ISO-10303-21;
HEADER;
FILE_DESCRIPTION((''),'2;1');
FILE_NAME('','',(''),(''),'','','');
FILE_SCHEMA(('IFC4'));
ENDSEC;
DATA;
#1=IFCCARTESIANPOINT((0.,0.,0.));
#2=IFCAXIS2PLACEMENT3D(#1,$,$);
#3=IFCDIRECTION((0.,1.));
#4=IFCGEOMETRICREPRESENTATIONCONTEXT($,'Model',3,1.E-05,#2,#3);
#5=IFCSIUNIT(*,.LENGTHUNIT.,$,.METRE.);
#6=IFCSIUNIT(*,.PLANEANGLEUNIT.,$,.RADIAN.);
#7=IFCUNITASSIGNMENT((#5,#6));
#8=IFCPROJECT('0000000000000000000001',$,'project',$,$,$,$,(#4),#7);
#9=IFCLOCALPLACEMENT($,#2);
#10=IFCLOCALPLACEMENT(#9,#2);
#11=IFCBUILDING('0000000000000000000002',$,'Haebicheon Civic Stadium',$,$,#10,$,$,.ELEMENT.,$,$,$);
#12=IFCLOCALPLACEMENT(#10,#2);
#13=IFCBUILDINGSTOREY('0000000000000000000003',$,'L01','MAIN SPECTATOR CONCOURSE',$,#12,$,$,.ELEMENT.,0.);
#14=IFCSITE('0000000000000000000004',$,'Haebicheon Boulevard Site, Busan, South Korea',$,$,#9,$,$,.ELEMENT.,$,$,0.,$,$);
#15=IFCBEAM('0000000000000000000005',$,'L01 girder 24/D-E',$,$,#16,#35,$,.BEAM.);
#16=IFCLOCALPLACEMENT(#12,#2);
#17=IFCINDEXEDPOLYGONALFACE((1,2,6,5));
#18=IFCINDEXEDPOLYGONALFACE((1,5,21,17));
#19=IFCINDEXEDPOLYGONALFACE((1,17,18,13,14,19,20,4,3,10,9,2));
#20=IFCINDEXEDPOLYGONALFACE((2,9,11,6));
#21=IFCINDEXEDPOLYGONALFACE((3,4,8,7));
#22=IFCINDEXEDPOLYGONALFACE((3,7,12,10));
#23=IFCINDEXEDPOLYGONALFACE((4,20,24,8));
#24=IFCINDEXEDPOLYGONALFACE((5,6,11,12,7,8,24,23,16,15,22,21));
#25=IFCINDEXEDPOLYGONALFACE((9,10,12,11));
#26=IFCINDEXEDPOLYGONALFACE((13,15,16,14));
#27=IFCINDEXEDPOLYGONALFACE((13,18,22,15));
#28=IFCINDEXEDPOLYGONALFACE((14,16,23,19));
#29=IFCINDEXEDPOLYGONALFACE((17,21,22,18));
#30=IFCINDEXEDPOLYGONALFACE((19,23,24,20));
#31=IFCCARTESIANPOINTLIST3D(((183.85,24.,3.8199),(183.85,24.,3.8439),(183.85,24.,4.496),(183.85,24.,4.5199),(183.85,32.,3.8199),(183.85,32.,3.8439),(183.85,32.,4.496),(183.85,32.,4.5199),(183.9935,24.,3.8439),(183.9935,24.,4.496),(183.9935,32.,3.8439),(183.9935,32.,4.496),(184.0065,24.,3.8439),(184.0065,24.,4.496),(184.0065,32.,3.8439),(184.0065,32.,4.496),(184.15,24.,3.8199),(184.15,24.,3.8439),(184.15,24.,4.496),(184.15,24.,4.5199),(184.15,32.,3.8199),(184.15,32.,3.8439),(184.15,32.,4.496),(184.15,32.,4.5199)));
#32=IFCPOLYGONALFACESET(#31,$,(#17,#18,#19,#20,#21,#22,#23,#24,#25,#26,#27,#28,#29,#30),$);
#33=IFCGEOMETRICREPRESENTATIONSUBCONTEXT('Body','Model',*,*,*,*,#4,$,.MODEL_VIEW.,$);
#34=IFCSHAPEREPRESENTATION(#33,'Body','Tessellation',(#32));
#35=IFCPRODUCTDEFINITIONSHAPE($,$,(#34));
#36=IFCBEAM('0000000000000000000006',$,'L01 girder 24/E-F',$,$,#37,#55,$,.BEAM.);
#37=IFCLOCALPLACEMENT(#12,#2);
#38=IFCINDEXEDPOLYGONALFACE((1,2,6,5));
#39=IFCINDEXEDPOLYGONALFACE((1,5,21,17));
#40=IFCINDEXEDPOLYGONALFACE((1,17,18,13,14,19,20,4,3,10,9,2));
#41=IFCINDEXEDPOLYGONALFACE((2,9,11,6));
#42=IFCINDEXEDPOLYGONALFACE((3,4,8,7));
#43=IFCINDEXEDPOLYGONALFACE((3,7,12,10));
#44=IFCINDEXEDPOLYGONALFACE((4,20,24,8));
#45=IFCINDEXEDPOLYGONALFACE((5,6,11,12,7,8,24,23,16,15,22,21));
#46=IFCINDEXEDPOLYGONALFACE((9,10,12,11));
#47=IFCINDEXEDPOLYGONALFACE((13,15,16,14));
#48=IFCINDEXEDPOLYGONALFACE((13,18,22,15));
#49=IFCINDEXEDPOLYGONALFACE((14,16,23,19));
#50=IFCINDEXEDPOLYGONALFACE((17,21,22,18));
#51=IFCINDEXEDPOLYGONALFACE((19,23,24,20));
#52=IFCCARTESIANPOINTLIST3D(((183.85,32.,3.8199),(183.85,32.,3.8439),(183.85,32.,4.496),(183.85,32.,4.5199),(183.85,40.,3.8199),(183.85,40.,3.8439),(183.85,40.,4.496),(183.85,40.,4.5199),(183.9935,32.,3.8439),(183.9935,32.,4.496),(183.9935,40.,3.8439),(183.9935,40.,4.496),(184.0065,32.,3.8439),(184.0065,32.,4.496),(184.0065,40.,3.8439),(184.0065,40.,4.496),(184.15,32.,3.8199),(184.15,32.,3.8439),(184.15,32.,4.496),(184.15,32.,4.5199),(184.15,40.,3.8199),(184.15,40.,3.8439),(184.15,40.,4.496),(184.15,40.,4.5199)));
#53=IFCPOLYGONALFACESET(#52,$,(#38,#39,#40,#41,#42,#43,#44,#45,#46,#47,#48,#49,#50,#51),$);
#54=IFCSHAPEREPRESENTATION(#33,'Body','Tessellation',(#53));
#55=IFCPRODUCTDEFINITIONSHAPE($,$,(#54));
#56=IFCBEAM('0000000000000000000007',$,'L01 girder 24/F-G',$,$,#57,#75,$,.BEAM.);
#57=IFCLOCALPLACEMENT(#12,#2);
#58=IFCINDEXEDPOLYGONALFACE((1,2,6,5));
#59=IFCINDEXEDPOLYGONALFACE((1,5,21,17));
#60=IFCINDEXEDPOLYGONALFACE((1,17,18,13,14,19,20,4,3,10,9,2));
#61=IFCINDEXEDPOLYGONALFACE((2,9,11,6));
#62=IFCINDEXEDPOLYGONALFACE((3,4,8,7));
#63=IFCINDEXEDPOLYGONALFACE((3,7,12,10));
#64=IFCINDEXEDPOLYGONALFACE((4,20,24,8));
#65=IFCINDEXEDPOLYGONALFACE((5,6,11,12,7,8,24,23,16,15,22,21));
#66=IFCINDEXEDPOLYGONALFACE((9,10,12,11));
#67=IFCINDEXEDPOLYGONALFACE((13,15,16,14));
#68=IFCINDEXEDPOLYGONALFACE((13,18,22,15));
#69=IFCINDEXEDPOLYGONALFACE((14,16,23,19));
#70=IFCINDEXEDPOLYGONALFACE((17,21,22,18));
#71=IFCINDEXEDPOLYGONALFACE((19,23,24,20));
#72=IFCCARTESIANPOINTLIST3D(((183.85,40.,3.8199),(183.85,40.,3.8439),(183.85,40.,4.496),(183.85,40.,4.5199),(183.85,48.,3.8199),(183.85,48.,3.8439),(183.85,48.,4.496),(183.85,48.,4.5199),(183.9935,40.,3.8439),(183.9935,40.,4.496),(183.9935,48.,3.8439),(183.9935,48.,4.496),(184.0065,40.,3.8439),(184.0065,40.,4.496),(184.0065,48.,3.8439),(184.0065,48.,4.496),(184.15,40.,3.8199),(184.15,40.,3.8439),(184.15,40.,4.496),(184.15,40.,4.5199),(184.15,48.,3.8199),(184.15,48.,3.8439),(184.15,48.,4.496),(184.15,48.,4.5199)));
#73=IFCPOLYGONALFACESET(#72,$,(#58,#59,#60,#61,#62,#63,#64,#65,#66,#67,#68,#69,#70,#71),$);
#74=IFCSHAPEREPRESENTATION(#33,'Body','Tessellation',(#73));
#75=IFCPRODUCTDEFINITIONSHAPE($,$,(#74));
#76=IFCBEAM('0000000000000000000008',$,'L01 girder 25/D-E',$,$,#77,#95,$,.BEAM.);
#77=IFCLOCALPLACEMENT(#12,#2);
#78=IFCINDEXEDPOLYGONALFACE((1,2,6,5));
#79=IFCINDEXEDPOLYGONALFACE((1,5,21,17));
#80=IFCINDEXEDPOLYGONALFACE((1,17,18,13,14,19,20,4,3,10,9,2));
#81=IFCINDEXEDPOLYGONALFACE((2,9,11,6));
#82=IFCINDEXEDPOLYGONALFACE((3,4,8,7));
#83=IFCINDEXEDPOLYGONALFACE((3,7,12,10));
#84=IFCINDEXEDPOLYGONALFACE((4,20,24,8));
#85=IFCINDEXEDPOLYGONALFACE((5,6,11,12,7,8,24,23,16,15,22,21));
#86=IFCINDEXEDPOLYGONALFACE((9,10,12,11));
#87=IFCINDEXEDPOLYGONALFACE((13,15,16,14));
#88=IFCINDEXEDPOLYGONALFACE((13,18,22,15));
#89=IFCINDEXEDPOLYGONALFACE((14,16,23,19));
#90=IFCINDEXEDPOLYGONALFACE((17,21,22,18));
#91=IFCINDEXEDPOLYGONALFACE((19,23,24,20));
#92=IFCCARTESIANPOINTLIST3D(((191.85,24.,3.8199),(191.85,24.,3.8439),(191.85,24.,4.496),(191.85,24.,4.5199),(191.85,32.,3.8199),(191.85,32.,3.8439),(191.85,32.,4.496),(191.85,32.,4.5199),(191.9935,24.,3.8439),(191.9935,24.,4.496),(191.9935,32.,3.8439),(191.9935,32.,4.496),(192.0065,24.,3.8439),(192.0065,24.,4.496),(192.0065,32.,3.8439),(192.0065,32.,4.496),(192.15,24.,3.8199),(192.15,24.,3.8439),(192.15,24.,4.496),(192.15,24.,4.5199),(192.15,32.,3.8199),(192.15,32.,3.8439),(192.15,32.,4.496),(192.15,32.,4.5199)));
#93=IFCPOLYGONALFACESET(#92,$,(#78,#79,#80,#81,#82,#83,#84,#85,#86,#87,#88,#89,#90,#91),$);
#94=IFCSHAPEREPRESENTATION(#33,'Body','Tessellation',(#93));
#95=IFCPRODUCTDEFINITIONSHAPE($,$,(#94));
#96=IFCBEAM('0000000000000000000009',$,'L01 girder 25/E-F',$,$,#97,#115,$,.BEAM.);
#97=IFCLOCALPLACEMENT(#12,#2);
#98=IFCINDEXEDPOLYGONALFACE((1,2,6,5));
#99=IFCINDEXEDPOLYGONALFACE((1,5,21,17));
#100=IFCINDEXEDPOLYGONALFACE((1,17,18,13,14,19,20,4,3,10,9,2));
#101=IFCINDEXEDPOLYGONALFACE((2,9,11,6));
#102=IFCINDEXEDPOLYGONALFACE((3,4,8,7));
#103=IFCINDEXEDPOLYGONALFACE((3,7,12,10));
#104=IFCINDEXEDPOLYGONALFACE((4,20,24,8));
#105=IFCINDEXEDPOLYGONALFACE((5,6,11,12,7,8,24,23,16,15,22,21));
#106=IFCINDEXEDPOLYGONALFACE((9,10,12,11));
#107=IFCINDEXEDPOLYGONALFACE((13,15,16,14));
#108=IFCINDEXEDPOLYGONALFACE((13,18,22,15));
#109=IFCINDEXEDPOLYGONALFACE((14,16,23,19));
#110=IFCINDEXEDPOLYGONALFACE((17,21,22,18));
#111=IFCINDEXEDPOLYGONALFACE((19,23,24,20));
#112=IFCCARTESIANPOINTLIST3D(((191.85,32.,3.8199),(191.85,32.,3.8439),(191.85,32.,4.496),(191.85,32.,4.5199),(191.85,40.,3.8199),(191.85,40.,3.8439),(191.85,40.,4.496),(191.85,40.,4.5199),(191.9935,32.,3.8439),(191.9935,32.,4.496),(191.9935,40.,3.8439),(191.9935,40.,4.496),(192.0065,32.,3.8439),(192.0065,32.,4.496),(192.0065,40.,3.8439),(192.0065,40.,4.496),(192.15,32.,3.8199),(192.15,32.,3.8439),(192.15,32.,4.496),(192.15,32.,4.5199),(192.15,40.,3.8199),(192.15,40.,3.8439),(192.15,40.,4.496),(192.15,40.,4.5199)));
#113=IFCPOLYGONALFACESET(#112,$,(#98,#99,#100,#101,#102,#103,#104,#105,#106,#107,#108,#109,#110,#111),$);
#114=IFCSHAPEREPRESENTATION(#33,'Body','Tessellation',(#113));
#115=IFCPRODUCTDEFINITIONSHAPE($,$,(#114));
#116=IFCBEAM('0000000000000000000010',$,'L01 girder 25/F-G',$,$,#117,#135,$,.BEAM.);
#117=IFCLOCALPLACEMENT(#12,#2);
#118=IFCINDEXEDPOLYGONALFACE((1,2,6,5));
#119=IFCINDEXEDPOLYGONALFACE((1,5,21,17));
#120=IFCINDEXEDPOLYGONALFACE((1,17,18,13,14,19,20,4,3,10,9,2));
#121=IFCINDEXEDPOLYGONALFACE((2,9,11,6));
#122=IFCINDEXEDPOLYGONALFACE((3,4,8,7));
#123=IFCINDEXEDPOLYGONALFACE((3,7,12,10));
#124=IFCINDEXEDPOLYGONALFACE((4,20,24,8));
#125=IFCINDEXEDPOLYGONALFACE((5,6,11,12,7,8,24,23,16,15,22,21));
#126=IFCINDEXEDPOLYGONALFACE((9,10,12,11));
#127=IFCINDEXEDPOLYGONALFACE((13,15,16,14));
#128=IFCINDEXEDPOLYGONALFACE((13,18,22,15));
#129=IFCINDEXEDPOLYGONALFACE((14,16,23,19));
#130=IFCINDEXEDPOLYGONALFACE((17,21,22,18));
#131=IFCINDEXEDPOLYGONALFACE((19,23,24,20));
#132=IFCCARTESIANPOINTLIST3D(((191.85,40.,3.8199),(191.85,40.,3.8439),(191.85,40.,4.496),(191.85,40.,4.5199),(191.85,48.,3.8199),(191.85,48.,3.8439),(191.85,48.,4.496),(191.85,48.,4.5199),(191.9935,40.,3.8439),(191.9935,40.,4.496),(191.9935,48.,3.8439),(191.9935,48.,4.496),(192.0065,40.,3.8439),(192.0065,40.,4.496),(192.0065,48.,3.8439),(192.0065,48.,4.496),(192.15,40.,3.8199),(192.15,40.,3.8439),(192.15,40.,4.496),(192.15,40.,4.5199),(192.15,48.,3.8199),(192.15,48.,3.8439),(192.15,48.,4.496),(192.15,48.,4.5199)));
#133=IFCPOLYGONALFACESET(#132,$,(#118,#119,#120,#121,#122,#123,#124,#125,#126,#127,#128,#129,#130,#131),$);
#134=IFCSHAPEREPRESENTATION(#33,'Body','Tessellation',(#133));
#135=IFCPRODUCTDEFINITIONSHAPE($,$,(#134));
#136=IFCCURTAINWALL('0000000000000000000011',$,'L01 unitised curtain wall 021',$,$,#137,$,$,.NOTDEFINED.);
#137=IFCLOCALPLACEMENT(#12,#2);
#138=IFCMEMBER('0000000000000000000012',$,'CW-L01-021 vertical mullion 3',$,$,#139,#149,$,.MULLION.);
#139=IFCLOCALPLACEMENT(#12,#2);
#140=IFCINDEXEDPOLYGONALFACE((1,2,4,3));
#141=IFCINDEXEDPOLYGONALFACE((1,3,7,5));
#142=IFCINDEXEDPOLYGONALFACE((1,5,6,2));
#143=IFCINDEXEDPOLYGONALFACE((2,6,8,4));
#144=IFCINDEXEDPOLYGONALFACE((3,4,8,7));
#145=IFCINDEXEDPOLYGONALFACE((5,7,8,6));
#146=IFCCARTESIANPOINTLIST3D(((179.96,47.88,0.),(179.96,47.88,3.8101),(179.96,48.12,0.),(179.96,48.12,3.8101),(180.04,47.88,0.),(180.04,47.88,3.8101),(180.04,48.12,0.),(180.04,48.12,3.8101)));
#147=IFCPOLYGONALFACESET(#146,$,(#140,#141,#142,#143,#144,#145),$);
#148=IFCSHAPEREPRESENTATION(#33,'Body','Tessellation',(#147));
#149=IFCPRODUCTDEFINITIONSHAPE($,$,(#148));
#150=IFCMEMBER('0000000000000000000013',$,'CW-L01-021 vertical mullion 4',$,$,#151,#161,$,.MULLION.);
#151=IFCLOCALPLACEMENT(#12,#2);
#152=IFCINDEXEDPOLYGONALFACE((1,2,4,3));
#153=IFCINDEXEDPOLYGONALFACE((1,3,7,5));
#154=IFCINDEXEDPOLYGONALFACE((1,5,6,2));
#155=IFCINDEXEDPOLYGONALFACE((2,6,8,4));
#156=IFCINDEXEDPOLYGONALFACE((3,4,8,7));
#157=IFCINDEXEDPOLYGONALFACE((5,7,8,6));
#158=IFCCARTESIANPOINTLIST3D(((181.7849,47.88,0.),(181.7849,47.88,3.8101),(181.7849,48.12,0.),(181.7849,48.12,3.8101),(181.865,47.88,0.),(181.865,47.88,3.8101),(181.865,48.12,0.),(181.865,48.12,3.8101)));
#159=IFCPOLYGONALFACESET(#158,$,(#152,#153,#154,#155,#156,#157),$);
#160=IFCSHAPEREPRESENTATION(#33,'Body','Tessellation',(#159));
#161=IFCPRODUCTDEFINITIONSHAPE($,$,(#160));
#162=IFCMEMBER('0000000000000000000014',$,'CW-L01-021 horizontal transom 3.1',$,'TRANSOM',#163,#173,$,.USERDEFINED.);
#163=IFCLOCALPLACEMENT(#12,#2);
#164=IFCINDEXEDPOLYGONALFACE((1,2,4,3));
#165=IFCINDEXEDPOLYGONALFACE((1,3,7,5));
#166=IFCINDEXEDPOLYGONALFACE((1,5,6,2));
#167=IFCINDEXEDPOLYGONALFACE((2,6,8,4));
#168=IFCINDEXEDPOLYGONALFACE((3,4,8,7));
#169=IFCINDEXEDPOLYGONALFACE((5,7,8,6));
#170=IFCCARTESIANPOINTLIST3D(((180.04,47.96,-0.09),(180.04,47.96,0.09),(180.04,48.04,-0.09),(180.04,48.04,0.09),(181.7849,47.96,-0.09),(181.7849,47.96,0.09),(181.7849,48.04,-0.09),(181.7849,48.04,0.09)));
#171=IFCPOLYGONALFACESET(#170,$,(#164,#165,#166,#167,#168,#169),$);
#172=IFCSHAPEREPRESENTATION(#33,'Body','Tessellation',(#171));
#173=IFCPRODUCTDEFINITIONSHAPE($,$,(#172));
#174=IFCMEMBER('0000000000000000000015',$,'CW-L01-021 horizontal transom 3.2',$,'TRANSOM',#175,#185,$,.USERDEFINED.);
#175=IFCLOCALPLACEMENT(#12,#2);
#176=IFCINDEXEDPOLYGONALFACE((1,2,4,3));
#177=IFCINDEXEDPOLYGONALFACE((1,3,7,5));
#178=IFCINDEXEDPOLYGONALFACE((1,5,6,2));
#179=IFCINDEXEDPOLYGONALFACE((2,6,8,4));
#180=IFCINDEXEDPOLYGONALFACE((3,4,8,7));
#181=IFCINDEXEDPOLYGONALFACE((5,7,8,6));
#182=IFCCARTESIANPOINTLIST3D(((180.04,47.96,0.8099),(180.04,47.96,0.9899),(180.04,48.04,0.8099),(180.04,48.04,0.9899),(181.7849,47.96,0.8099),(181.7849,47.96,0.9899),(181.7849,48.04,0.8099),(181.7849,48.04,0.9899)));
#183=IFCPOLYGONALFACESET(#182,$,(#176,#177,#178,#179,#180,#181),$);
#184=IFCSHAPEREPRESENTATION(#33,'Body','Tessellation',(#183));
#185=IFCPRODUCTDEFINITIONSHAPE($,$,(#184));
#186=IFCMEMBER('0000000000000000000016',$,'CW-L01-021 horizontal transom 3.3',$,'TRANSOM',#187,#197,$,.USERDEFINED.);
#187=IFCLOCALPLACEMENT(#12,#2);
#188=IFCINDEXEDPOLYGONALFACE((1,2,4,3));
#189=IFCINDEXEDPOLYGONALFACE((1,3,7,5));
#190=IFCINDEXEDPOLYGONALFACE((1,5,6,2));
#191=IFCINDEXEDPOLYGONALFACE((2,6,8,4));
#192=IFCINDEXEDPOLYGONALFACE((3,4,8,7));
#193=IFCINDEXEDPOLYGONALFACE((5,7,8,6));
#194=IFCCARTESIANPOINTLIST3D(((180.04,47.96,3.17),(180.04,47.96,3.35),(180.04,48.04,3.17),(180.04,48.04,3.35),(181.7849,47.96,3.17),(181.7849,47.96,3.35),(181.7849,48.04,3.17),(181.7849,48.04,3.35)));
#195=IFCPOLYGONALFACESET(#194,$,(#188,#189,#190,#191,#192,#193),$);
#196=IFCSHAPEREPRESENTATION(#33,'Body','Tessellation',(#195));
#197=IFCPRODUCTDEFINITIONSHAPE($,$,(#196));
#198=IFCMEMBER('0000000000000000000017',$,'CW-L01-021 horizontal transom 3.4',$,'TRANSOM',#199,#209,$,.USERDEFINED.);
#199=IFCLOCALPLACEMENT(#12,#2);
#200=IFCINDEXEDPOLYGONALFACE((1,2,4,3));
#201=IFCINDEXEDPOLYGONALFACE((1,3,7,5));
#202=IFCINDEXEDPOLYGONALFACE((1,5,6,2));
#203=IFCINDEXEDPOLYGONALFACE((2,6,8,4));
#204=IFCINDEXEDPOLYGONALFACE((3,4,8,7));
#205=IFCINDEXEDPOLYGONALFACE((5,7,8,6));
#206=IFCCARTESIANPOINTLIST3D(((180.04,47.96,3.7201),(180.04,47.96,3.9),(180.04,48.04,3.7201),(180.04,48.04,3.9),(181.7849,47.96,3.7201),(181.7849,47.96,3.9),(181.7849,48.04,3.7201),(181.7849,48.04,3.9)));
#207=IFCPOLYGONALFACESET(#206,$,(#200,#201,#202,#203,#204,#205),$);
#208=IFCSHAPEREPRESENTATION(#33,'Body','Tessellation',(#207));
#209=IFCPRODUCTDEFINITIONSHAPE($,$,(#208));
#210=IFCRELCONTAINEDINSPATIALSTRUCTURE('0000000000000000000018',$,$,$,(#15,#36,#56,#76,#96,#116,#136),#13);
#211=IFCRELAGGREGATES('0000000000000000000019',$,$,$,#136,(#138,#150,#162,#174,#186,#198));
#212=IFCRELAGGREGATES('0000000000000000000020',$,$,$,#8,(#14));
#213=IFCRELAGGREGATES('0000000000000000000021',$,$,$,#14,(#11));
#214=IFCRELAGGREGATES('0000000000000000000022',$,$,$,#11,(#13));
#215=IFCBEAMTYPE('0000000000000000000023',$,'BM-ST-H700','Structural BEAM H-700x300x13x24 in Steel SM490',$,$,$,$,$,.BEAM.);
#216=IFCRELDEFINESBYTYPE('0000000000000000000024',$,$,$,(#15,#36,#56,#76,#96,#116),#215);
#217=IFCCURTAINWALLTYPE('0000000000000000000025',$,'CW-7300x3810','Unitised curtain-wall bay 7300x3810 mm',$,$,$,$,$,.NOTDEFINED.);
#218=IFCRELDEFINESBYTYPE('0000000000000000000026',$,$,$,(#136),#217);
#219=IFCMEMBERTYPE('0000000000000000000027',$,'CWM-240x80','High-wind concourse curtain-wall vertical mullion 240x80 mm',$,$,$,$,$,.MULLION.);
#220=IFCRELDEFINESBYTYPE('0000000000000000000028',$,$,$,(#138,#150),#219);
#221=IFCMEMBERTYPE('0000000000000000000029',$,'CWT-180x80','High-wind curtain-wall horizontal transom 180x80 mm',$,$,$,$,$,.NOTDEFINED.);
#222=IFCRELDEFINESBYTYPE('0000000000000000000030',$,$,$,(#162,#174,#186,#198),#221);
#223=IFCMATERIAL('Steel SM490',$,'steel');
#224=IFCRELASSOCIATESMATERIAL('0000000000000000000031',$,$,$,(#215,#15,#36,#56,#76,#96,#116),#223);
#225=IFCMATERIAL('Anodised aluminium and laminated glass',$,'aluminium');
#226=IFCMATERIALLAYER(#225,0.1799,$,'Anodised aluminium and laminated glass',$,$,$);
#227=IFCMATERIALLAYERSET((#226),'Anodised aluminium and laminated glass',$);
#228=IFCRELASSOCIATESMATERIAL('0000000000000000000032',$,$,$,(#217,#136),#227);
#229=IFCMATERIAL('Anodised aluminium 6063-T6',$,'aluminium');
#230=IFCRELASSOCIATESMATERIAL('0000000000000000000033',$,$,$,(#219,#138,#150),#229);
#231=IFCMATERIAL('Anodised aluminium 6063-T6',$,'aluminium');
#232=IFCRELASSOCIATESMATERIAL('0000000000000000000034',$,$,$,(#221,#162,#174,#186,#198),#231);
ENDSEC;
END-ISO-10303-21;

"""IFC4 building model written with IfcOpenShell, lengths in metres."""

from ifc_helpers import new_model, si_unit, direction, frame, origin, origin_2d, place, context, subcontext, project, spatial, rectangle, i_section, extrude, material, layer, layer_set, material_profile, profile_set, type_object, element, aggregate, save


model = new_model("IFC4")

# Units and contexts
model_context = context("Model", 3, precision=1e-05, world=origin(), true_north=direction((0.0, 1.0)))
body_context = subcontext(model_context, "Body", "Model", "MODEL_VIEW")
ifc_project = project(units=[si_unit("LENGTHUNIT", "METRE"), si_unit("PLANEANGLEUNIT", "RADIAN")], contexts=[model_context])

# Site, building, storey
site_placement = place(None, origin())
site = spatial("IfcSite", under=ifc_project, at=site_placement, Name="Haebicheon Boulevard Site, Busan, South Korea", CompositionType="ELEMENT", RefElevation=0.0)
building_placement = place(site_placement, origin())
building = spatial("IfcBuilding", under=site, at=building_placement, Name="Haebicheon Civic Stadium", CompositionType="ELEMENT")
storey_placement = place(building_placement, origin())
storey = spatial("IfcBuildingStorey", under=building, at=storey_placement, Name="L01", Description="MAIN SPECTATOR CONCOURSE", CompositionType="ELEMENT", Elevation=0.0)

# Beams
ifc_material_1 = material(Name="Steel SM490", Category="steel")
ifc_material_profile_1 = material_profile(ifc_material_1, i_section(OverallWidth=0.3, OverallDepth=0.7, WebThickness=0.0129, FlangeThickness=0.0239, at=origin_2d()), Name="H-700x300x13x24")
ifc_profile_set_1 = profile_set([ifc_material_profile_1], Name="Steel SM490")
beam_type_1 = type_object("IfcBeamType", Name="BM-ST-H700", Description="Structural BEAM H-700x300x13x24 in Steel SM490", PredefinedType="BEAM", material=ifc_profile_set_1)
for number, where, z_axis, x_axis, name in (
    (1, (184.0, 24.0, 4.1699), (0.0, 1.0, 0.0), (-1.0, 0.0, 0.0), "L01 girder 24/D-E"),
    (2, (184.0, 32.0, 4.1699), (0.0, 1.0, 0.0), (-1.0, 0.0, 0.0), "L01 girder 24/E-F"),
    (3, (184.0, 40.0, 4.1699), (0.0, 1.0, 0.0), (-1.0, 0.0, 0.0), "L01 girder 24/F-G"),
    (4, (192.0, 24.0, 4.1699), (0.0, 1.0, 0.0), (-1.0, 0.0, 0.0), "L01 girder 25/D-E"),
    (5, (192.0, 32.0, 4.1699), (0.0, 1.0, 0.0), (-1.0, 0.0, 0.0), "L01 girder 25/E-F"),
    (6, (192.0, 40.0, 4.1699), (0.0, 1.0, 0.0), (-1.0, 0.0, 0.0), "L01 girder 25/F-G"),
):
    element("IfcBeam", number, at=place(storey_placement, frame(where, z_axis=z_axis, x_axis=x_axis)), inside=storey, type_object=beam_type_1, material=ifc_profile_set_1, Name=name, PredefinedType="BEAM", context=body_context, shape_type="SweptSolid", body=[
        extrude(i_section(OverallWidth=0.3, OverallDepth=0.7, WebThickness=0.0129, FlangeThickness=0.0239, at=origin_2d()), origin(), (0.0, 0.0, 1.0), 8.0),
    ])

# Curtain wall, members
ifc_material_2 = material(Name="Anodised aluminium and laminated glass", Category="aluminium")
ifc_layer_1 = layer(ifc_material_2, 0.1799, Name="Anodised aluminium and laminated glass")
ifc_layer_set_1 = layer_set([ifc_layer_1], Name="Anodised aluminium and laminated glass")
curtain_wall_type = type_object("IfcCurtainWallType", Name="CW-7300x3810", Description="Unitised curtain-wall bay 7300x3810 mm", PredefinedType="NOTDEFINED", material=ifc_layer_set_1)
curtain_wall_placement = place(storey_placement, origin())
curtain_wall = element("IfcCurtainWall", 7, at=curtain_wall_placement, inside=storey, type_object=curtain_wall_type, material=ifc_layer_set_1, Name="L01 unitised curtain wall 021", PredefinedType="NOTDEFINED")
ifc_material_3 = material(Name="Anodised aluminium 6063-T6", Category="aluminium")
ifc_material_profile_2 = material_profile(ifc_material_3, rectangle(XDim=0.0801, YDim=0.24, at=origin_2d()), Name="ALU-MULL-80x240")
ifc_profile_set_2 = profile_set([ifc_material_profile_2], Name="Anodised aluminium 6063-T6")
member_type_1 = type_object("IfcMemberType", Name="CWM-240x80", Description="High-wind concourse curtain-wall vertical mullion 240x80 mm", PredefinedType="MULLION", material=ifc_profile_set_2)
member_1_placement = place(storey_placement, frame((180.0, 48.0, 0.0), z_axis=(0.0, 0.0, 1.0), x_axis=(1.0, 0.0, 0.0)))
member_1 = element("IfcMember", 8, at=member_1_placement, type_object=member_type_1, material=ifc_profile_set_2, Name="CW-L01-021 vertical mullion 3", PredefinedType="MULLION", context=body_context, shape_type="SweptSolid", body=[
    extrude(rectangle(XDim=0.0801, YDim=0.24, at=origin_2d()), origin(), (0.0, 0.0, 1.0), 3.8101),
])
member_2_placement = place(storey_placement, frame((181.825, 48.0, 0.0), z_axis=(0.0, 0.0, 1.0), x_axis=(1.0, 0.0, 0.0)))
member_2 = element("IfcMember", 9, at=member_2_placement, type_object=member_type_1, material=ifc_profile_set_2, Name="CW-L01-021 vertical mullion 4", PredefinedType="MULLION", context=body_context, shape_type="SweptSolid", body=[
    extrude(rectangle(XDim=0.0801, YDim=0.24, at=origin_2d()), origin(), (0.0, 0.0, 1.0), 3.8101),
])
ifc_material_4 = material(Name="Anodised aluminium 6063-T6", Category="aluminium")
ifc_material_profile_3 = material_profile(ifc_material_4, rectangle(XDim=0.0801, YDim=0.1799, at=origin_2d()), Name="ALU-TRAN-80x180")
ifc_profile_set_3 = profile_set([ifc_material_profile_3], Name="Anodised aluminium 6063-T6")
member_type_2 = type_object("IfcMemberType", Name="CWT-180x80", Description="High-wind curtain-wall horizontal transom 180x80 mm", PredefinedType="NOTDEFINED", material=ifc_profile_set_3)
member_3_placement = place(storey_placement, frame((180.04, 48.0, 0.0), z_axis=(1.0, 0.0, 0.0), x_axis=(0.0, 1.0, 0.0)))
member_3 = element("IfcMember", 10, at=member_3_placement, type_object=member_type_2, material=ifc_profile_set_3, Name="CW-L01-021 horizontal transom 3.1", ObjectType="TRANSOM", PredefinedType="USERDEFINED", context=body_context, shape_type="SweptSolid", body=[
    extrude(rectangle(XDim=0.0801, YDim=0.1799, at=origin_2d()), origin(), (0.0, 0.0, 1.0), 1.7449),
])
member_4_placement = place(storey_placement, frame((180.04, 48.0, 0.8999), z_axis=(1.0, 0.0, 0.0), x_axis=(0.0, 1.0, 0.0)))
member_4 = element("IfcMember", 11, at=member_4_placement, type_object=member_type_2, material=ifc_profile_set_3, Name="CW-L01-021 horizontal transom 3.2", ObjectType="TRANSOM", PredefinedType="USERDEFINED", context=body_context, shape_type="SweptSolid", body=[
    extrude(rectangle(XDim=0.0801, YDim=0.1799, at=origin_2d()), origin(), (0.0, 0.0, 1.0), 1.7449),
])
member_5_placement = place(storey_placement, frame((180.04, 48.0, 3.26), z_axis=(1.0, 0.0, 0.0), x_axis=(0.0, 1.0, 0.0)))
member_5 = element("IfcMember", 12, at=member_5_placement, type_object=member_type_2, material=ifc_profile_set_3, Name="CW-L01-021 horizontal transom 3.3", ObjectType="TRANSOM", PredefinedType="USERDEFINED", context=body_context, shape_type="SweptSolid", body=[
    extrude(rectangle(XDim=0.0801, YDim=0.1799, at=origin_2d()), origin(), (0.0, 0.0, 1.0), 1.7449),
])
member_6_placement = place(storey_placement, frame((180.04, 48.0, 3.8101), z_axis=(1.0, 0.0, 0.0), x_axis=(0.0, 1.0, 0.0)))
member_6 = element("IfcMember", 13, at=member_6_placement, type_object=member_type_2, material=ifc_profile_set_3, Name="CW-L01-021 horizontal transom 3.4", ObjectType="TRANSOM", PredefinedType="USERDEFINED", context=body_context, shape_type="SweptSolid", body=[
    extrude(rectangle(XDim=0.0801, YDim=0.1799, at=origin_2d()), origin(), (0.0, 0.0, 1.0), 1.7449),
])

aggregate(curtain_wall, [member_1, member_2, member_3, member_4, member_5, member_6])

save(model, "model.ifc")
